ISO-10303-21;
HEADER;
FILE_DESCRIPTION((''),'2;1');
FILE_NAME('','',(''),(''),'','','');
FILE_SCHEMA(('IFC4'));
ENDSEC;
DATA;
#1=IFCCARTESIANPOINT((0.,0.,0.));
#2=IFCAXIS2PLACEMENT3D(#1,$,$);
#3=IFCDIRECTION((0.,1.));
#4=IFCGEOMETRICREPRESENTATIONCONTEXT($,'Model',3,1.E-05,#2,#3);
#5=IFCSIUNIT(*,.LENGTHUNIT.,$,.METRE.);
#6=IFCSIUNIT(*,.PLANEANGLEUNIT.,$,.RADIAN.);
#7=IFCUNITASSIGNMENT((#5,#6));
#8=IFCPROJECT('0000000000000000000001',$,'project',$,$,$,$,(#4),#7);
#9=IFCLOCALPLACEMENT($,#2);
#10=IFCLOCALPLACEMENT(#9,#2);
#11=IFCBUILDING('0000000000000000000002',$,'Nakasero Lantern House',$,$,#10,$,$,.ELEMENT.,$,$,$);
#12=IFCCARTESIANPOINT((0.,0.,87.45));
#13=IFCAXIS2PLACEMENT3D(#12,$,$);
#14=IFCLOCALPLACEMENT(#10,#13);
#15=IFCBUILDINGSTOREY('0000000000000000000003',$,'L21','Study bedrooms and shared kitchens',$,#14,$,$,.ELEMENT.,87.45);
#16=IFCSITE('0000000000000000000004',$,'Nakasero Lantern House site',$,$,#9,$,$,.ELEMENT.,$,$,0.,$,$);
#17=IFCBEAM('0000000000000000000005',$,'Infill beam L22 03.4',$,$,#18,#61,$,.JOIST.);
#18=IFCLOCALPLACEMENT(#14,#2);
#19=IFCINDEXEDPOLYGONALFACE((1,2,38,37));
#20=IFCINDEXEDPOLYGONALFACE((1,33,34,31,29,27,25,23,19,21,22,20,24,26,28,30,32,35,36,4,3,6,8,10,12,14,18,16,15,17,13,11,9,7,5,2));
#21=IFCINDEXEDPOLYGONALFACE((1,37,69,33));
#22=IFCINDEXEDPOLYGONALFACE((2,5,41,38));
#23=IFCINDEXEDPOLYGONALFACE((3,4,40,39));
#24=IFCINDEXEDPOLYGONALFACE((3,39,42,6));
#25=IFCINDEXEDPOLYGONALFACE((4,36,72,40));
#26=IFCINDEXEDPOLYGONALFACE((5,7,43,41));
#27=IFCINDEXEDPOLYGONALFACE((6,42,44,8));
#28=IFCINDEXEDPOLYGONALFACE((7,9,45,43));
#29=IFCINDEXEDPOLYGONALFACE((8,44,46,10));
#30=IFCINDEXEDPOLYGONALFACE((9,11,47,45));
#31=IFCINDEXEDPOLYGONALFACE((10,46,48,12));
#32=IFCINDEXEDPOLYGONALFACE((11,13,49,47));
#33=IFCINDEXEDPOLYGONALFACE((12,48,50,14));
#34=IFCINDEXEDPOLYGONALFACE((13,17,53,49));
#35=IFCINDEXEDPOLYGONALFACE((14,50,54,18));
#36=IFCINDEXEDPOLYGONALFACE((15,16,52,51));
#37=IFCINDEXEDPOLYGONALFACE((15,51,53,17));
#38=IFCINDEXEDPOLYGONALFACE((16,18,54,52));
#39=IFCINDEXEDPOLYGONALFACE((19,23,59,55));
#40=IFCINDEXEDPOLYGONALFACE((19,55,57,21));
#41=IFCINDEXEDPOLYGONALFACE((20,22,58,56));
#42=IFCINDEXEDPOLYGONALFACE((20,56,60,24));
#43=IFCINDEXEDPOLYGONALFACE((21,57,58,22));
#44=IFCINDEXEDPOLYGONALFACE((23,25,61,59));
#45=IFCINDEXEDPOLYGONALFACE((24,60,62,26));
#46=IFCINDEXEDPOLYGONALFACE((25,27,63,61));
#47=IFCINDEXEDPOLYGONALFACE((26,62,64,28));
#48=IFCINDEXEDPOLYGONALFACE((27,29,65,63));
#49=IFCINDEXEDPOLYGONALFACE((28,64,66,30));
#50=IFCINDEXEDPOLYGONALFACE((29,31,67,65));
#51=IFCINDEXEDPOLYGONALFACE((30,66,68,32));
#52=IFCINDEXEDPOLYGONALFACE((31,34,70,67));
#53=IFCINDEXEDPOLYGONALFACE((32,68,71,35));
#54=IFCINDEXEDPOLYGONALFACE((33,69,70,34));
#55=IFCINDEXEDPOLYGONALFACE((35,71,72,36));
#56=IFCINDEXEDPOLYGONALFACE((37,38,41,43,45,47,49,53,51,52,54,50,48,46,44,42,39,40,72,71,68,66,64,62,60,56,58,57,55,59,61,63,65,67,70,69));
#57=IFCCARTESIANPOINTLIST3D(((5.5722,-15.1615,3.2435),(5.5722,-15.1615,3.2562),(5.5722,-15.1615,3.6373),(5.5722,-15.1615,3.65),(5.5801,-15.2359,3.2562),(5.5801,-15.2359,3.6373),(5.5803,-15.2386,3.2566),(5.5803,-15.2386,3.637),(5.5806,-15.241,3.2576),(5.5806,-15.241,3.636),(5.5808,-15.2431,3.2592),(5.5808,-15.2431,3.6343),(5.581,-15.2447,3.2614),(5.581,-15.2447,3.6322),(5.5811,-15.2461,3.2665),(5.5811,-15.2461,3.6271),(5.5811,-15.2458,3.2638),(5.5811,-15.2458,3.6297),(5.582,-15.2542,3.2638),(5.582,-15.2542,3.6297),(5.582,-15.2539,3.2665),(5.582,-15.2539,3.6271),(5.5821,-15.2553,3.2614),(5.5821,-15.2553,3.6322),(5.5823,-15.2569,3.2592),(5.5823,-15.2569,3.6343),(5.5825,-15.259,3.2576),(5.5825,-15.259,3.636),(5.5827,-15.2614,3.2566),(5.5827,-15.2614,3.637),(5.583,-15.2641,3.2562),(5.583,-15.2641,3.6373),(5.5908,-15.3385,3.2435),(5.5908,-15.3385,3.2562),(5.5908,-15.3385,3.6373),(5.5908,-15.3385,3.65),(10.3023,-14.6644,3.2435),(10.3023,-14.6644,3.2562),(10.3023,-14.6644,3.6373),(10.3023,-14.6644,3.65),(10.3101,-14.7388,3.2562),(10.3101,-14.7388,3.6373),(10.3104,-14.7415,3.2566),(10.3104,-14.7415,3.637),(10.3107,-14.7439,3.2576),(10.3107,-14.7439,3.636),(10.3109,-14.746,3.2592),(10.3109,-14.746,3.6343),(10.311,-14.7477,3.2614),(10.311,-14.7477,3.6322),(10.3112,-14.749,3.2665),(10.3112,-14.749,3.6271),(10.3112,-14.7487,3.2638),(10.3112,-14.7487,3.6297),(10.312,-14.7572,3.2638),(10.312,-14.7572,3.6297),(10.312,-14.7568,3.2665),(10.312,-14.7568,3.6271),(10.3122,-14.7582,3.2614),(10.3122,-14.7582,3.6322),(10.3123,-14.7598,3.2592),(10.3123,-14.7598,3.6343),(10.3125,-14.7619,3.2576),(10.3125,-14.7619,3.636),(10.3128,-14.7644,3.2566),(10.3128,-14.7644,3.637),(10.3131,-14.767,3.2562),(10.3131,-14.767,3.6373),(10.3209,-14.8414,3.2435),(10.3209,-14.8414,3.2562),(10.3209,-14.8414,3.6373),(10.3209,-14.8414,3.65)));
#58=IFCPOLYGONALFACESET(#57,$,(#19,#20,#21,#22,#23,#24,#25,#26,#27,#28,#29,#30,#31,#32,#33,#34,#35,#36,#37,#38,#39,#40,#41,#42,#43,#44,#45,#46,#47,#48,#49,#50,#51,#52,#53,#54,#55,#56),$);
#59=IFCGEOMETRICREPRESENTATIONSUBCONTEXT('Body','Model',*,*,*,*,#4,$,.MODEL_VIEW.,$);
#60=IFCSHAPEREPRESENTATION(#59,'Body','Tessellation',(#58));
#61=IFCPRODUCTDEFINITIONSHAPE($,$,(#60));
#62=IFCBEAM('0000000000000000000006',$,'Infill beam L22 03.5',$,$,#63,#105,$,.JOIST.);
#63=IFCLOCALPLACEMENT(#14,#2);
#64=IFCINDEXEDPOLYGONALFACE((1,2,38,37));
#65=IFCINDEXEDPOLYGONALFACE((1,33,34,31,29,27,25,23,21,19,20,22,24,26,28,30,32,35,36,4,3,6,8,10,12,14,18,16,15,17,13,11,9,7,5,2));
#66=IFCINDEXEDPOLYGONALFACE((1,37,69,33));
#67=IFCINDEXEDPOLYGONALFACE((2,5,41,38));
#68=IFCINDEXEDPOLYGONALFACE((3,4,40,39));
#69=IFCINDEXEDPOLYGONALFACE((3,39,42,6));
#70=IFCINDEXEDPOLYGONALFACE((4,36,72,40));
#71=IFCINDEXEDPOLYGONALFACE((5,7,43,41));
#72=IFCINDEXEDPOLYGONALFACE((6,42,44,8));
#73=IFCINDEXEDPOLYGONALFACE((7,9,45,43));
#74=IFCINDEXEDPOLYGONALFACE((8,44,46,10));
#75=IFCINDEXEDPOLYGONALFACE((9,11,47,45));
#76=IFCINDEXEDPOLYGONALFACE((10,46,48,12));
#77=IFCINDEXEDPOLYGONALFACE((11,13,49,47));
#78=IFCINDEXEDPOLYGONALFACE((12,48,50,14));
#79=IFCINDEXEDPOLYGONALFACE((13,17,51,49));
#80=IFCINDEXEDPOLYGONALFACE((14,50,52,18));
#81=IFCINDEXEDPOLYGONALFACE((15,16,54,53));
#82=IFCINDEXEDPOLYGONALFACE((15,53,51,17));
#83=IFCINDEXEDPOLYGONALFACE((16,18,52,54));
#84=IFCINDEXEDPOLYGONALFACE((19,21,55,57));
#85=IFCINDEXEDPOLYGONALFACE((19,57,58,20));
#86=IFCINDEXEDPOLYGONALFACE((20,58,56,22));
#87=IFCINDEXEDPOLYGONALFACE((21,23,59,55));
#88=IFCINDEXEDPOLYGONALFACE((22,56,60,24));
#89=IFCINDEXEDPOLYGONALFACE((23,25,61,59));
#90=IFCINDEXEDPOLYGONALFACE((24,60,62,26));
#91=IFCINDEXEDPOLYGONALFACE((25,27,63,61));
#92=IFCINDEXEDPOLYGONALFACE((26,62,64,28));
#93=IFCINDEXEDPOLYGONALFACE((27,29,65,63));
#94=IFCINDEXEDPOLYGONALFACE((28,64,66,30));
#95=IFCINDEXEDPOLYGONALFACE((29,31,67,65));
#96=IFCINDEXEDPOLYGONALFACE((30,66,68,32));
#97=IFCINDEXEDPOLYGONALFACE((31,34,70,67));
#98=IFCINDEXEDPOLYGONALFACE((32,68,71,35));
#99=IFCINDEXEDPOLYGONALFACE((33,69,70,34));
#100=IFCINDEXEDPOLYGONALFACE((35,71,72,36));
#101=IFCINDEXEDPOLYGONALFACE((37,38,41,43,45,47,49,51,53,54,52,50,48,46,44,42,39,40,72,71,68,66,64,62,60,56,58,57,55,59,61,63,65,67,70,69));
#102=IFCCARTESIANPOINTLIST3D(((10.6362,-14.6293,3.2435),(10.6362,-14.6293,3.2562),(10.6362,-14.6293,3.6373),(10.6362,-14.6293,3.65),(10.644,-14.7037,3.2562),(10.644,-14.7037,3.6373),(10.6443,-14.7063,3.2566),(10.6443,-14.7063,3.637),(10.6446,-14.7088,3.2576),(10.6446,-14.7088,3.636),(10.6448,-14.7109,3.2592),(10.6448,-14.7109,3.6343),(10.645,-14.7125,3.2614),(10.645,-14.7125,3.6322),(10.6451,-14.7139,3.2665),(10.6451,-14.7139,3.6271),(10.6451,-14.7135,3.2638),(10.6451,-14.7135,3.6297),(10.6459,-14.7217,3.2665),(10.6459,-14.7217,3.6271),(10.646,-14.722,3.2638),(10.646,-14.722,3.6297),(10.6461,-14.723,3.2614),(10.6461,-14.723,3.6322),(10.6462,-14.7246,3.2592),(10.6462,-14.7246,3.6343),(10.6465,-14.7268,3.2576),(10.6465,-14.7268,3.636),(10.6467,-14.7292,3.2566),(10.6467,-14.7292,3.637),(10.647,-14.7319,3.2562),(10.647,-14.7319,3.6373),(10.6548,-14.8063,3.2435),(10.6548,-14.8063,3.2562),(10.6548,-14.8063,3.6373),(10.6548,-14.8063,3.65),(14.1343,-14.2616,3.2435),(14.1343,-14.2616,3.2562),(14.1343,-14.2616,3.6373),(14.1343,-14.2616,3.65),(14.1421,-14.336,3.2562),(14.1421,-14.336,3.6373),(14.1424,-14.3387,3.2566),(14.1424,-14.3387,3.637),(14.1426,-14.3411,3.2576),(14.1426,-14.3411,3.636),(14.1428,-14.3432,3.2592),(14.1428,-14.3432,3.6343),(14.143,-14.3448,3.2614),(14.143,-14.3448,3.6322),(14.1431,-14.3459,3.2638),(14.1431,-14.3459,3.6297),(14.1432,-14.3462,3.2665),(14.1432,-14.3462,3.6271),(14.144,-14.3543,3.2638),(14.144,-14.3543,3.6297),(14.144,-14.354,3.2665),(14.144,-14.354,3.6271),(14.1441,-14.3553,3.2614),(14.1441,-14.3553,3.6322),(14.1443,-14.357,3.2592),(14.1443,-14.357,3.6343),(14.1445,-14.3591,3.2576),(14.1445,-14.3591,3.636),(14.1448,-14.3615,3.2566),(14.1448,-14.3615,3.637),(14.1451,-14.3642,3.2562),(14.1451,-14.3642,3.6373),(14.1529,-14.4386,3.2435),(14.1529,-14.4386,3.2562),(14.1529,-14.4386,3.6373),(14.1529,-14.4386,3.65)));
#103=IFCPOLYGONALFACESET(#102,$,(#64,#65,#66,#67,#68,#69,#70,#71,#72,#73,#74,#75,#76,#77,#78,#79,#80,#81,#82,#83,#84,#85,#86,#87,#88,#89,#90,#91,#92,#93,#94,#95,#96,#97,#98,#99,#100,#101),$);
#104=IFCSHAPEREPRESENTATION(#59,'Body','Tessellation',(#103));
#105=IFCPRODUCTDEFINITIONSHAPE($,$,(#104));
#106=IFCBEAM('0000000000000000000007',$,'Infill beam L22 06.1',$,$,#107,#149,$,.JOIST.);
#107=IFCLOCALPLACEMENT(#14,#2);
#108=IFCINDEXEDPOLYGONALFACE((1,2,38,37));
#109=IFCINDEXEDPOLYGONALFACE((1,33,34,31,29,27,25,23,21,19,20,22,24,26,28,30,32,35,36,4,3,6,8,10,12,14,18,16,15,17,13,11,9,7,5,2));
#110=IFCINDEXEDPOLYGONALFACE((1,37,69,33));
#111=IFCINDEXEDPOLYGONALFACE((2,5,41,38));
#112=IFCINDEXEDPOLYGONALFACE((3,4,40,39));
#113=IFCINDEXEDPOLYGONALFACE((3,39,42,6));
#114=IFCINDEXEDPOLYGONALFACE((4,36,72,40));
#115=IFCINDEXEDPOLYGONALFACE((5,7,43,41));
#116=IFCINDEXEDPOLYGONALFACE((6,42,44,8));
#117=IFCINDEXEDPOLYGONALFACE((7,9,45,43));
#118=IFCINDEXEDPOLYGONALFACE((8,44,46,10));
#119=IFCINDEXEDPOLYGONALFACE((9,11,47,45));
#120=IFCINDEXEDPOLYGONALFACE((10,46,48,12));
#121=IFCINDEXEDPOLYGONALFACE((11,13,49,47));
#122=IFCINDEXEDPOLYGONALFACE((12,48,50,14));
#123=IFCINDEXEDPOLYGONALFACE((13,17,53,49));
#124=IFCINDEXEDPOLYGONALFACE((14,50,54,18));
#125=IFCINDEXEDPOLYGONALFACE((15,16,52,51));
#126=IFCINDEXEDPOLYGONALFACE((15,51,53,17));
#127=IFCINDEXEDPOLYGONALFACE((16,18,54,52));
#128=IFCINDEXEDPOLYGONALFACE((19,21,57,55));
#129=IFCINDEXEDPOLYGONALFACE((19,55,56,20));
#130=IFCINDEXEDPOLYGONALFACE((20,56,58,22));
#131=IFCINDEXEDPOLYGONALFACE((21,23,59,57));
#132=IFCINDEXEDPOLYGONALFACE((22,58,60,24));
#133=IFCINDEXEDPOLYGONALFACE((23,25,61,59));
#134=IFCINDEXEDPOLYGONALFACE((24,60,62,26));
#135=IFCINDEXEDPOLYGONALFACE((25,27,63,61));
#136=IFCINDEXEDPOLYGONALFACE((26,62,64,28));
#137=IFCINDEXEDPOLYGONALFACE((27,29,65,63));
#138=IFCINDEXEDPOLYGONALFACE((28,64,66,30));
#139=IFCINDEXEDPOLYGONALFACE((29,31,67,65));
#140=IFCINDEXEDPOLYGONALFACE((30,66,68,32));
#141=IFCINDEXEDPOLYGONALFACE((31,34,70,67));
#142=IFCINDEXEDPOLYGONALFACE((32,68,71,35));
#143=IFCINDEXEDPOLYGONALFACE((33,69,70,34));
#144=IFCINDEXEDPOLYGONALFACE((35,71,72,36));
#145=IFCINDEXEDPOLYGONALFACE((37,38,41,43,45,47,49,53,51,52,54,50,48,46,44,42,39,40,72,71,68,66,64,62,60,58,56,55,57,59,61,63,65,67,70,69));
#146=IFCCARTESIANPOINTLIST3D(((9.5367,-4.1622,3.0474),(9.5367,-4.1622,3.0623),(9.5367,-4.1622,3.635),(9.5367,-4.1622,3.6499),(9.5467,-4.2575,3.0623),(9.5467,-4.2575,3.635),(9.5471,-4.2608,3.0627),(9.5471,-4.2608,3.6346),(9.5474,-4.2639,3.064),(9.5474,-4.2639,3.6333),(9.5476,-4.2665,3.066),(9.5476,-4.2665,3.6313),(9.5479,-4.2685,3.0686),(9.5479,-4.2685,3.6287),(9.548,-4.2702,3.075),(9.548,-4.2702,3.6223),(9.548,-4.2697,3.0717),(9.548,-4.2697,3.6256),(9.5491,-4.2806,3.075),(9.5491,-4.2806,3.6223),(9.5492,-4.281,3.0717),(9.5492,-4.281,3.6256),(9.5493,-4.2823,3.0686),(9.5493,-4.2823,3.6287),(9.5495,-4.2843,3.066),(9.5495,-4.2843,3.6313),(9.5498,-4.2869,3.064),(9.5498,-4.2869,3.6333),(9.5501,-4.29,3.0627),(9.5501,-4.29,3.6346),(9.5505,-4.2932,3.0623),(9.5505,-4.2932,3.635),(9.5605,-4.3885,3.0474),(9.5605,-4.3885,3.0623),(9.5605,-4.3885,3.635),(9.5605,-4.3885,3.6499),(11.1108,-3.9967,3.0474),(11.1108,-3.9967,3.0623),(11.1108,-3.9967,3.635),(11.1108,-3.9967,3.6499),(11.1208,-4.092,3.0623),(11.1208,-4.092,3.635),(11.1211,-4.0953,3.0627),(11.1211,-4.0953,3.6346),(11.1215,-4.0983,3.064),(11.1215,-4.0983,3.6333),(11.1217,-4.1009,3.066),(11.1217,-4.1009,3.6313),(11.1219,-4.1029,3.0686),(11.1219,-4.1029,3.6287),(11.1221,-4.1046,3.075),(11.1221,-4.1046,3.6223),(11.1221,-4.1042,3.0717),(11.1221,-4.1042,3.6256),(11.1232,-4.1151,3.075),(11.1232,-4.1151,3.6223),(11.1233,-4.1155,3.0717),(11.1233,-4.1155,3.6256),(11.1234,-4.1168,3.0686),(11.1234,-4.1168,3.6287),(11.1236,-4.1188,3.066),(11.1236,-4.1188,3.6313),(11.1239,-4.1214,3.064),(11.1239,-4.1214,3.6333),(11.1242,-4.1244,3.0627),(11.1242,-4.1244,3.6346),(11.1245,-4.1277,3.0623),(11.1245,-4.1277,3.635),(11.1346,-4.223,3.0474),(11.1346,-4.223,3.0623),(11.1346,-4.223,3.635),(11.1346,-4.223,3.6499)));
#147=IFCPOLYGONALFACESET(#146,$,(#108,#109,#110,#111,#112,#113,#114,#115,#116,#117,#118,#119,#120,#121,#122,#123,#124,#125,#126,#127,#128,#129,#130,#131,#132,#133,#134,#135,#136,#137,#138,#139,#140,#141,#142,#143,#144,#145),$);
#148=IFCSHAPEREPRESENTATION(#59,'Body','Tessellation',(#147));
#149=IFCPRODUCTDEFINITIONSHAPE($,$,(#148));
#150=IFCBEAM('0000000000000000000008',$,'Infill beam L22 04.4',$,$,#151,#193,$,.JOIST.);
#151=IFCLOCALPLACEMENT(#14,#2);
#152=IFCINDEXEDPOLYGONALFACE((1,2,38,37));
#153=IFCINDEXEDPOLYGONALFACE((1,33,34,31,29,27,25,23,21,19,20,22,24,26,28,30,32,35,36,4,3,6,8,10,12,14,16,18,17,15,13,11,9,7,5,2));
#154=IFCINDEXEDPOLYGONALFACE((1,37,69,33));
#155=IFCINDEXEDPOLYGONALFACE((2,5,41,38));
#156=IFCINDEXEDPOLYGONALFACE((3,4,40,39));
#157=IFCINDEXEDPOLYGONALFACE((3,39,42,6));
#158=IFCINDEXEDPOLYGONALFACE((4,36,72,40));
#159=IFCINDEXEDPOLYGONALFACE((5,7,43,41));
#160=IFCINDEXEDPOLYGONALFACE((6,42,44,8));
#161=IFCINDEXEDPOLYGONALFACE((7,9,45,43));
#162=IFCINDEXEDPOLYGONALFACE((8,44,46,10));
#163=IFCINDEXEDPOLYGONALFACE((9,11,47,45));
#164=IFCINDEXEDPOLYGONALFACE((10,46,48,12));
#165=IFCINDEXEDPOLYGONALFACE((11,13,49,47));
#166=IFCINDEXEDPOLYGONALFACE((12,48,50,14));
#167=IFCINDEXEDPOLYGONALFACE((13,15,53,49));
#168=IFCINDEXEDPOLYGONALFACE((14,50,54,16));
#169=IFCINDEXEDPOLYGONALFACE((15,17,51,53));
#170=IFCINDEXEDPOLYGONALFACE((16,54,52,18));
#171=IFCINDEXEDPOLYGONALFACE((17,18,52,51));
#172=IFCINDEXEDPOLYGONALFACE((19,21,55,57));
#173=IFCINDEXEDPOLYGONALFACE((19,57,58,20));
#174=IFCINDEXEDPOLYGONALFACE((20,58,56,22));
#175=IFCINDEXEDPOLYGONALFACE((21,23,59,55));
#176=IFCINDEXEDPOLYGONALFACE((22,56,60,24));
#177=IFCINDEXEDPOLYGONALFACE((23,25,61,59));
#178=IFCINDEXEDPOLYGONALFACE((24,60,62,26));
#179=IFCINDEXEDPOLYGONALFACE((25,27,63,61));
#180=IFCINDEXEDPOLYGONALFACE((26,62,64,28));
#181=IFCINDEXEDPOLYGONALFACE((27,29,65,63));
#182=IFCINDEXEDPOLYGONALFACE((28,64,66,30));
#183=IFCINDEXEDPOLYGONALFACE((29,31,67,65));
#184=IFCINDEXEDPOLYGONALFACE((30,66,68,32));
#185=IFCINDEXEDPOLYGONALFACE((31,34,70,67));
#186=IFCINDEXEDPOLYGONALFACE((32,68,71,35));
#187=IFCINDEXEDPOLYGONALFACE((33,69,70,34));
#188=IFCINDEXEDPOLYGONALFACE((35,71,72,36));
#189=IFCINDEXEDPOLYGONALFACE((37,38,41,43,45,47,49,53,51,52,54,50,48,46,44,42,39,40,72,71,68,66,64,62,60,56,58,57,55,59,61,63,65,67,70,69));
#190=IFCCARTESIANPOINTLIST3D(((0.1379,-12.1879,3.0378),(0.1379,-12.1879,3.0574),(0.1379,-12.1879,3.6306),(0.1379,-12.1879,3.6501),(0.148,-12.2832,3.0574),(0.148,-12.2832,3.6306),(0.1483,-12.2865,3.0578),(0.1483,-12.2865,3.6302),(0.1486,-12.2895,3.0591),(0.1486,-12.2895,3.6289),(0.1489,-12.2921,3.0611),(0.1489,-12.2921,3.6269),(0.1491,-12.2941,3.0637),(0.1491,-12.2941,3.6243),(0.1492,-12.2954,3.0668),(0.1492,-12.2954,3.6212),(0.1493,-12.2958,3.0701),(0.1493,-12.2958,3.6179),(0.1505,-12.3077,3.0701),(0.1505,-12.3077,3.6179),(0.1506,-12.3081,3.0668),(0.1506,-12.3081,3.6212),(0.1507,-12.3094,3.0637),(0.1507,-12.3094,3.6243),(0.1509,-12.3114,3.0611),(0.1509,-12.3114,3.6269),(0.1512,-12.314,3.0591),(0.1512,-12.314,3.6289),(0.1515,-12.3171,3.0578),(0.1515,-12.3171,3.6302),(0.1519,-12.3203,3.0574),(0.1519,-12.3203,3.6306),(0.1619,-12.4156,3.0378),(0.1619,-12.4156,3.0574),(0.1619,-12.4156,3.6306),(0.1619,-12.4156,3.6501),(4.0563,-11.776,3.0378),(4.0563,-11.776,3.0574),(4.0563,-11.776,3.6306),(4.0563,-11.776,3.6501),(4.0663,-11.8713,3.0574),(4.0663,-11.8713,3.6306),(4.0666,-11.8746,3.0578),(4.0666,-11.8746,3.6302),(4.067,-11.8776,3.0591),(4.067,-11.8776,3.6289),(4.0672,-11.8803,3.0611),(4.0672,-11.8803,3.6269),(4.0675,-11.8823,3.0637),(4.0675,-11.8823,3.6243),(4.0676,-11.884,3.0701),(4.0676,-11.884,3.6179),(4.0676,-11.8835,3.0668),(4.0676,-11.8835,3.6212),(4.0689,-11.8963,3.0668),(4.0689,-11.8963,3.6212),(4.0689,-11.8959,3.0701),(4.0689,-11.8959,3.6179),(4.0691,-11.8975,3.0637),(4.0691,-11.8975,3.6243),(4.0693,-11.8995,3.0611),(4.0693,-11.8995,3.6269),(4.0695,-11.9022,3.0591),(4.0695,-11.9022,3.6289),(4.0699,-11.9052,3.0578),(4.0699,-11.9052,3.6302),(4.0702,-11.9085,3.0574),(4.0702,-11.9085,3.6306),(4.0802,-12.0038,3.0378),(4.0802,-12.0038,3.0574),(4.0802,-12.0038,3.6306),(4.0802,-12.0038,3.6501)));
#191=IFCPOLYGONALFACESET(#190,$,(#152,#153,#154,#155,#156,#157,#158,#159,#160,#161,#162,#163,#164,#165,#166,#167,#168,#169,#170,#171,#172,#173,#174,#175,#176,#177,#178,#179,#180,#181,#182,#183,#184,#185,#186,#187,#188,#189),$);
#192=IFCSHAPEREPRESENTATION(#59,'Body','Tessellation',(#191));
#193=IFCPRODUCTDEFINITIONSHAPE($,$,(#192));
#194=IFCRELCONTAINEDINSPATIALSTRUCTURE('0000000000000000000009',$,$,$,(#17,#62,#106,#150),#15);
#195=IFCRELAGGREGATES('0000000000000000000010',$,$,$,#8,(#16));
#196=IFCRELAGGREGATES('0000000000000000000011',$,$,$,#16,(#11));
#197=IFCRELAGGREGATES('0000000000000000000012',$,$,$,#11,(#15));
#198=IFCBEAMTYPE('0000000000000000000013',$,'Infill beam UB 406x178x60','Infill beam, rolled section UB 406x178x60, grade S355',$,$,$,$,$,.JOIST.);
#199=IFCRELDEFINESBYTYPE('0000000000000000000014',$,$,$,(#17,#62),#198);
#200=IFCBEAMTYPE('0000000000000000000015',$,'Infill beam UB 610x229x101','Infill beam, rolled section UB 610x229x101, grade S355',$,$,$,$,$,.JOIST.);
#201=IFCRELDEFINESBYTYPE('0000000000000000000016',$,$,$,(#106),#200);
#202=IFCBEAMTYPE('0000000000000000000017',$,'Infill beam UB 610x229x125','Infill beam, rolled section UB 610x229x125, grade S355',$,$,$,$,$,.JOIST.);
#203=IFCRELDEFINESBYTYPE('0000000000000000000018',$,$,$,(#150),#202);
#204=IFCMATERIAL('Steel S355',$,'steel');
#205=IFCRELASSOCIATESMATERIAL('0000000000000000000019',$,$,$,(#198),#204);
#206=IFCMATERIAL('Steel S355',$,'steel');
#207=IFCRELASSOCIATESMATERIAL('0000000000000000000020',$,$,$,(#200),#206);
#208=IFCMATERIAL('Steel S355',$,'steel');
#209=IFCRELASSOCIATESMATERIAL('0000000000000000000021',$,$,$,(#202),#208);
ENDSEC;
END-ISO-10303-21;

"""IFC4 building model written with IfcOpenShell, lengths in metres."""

from ifc_helpers import new_model, si_unit, direction, frame, origin, origin_2d, place, context, subcontext, project, spatial, i_section, extrude, material, material_profile, profile_set, type_object, element, save


model = new_model("IFC4")

# Units and contexts
model_context = context("Model", 3, precision=1e-05, world=origin(), true_north=direction((0.0, 1.0)))
body_context = subcontext(model_context, "Body", "Model", "MODEL_VIEW")
ifc_project = project(units=[si_unit("LENGTHUNIT", "METRE"), si_unit("PLANEANGLEUNIT", "RADIAN")], contexts=[model_context])

# Site, building, storey
site_placement = place(None, origin())
site = spatial("IfcSite", under=ifc_project, at=site_placement, Name="Nakasero Lantern House site", CompositionType="ELEMENT", RefElevation=0.0)
building_placement = place(site_placement, origin())
building = spatial("IfcBuilding", under=site, at=building_placement, Name="Nakasero Lantern House", CompositionType="ELEMENT")
storey_placement = place(building_placement, frame((0.0, 0.0, 87.45)))
storey = spatial("IfcBuildingStorey", under=building, at=storey_placement, Name="L21", Description="Study bedrooms and shared kitchens", CompositionType="ELEMENT", Elevation=87.45)

# Beams
ifc_material_1 = material(Name="Steel S355", Category="steel")
ifc_material_profile_1 = material_profile(ifc_material_1, i_section(OverallWidth=0.178, OverallDepth=0.4065, WebThickness=0.0078, FlangeThickness=0.0127, FilletRadius=0.0103, at=origin_2d()), Name="UB 406x178x60")
ifc_profile_set_1 = profile_set([ifc_material_profile_1], Name="Steel S355")
beam_type_1 = type_object("IfcBeamType", Name="Infill beam UB 406x178x60", Description="Infill beam, rolled section UB 406x178x60, grade S355", PredefinedType="JOIST", material=ifc_profile_set_1)
beam_1_placement = place(storey_placement, frame((5.5815, -15.25, 3.4468), z_axis=(0.994523, 0.104514, 0.0), x_axis=(-0.104514, 0.994523, 0.0)))
element("IfcBeam", 1, at=beam_1_placement, inside=storey, type_object=beam_type_1, Name="Infill beam L22 03.4", PredefinedType="JOIST", context=body_context, shape_type="SweptSolid", body=[
    extrude(i_section(OverallWidth=0.178, OverallDepth=0.4065, WebThickness=0.0078, FlangeThickness=0.0127, FilletRadius=0.0103, at=origin_2d()), origin(), (0.0, 0.0, 1.0), 4.7561),
])
beam_2_placement = place(storey_placement, frame((10.6455, -14.7178, 3.4468), z_axis=(0.994521, 0.104533, 0.0), x_axis=(-0.104533, 0.994521, 0.0)))
element("IfcBeam", 2, at=beam_2_placement, inside=storey, type_object=beam_type_1, Name="Infill beam L22 03.5", PredefinedType="JOIST", context=body_context, shape_type="SweptSolid", body=[
    extrude(i_section(OverallWidth=0.178, OverallDepth=0.4065, WebThickness=0.0078, FlangeThickness=0.0127, FilletRadius=0.0103, at=origin_2d()), origin(), (0.0, 0.0, 1.0), 3.5173),
])
ifc_material_2 = material(Name="Steel S355", Category="steel")
ifc_material_profile_2 = material_profile(ifc_material_2, i_section(OverallWidth=0.2275, OverallDepth=0.6025, WebThickness=0.0105, FlangeThickness=0.0149, FilletRadius=0.0127, at=origin_2d()), Name="UB 610x229x101")
ifc_profile_set_2 = profile_set([ifc_material_profile_2], Name="Steel S355")
beam_type_2 = type_object("IfcBeamType", Name="Infill beam UB 610x229x101", Description="Infill beam, rolled section UB 610x229x101, grade S355", PredefinedType="JOIST", material=ifc_profile_set_2)
beam_3_placement = place(storey_placement, frame((9.5486, -4.2754, 3.3486), z_axis=(0.994516, 0.104588, 0.0), x_axis=(-0.104588, 0.994516, 0.0)))
element("IfcBeam", 3, at=beam_3_placement, inside=storey, type_object=beam_type_2, Name="Infill beam L22 06.1", PredefinedType="JOIST", context=body_context, shape_type="SweptSolid", body=[
    extrude(i_section(OverallWidth=0.2275, OverallDepth=0.6025, WebThickness=0.0105, FlangeThickness=0.0149, FilletRadius=0.0127, at=origin_2d()), origin(), (0.0, 0.0, 1.0), 1.5828),
])
ifc_material_3 = material(Name="Steel S355", Category="steel")
ifc_material_profile_3 = material_profile(ifc_material_3, i_section(OverallWidth=0.229, OverallDepth=0.6123, WebThickness=0.012, FlangeThickness=0.0195, FilletRadius=0.0127, at=origin_2d()), Name="UB 610x229x125")
ifc_profile_set_3 = profile_set([ifc_material_profile_3], Name="Steel S355")
beam_type_3 = type_object("IfcBeamType", Name="Infill beam UB 610x229x125", Description="Infill beam, rolled section UB 610x229x125, grade S355", PredefinedType="JOIST", material=ifc_profile_set_3)
beam_4_placement = place(storey_placement, frame((0.1499, -12.3018, 3.344), z_axis=(0.994521, 0.104533, 0.0), x_axis=(-0.104533, 0.994521, 0.0)))
element("IfcBeam", 4, at=beam_4_placement, inside=storey, type_object=beam_type_3, Name="Infill beam L22 04.4", PredefinedType="JOIST", context=body_context, shape_type="SweptSolid", body=[
    extrude(i_section(OverallWidth=0.229, OverallDepth=0.6123, WebThickness=0.012, FlangeThickness=0.0195, FilletRadius=0.0127, at=origin_2d()), origin(), (0.0, 0.0, 1.0), 3.9399),
])

save(model, "model.ifc")
